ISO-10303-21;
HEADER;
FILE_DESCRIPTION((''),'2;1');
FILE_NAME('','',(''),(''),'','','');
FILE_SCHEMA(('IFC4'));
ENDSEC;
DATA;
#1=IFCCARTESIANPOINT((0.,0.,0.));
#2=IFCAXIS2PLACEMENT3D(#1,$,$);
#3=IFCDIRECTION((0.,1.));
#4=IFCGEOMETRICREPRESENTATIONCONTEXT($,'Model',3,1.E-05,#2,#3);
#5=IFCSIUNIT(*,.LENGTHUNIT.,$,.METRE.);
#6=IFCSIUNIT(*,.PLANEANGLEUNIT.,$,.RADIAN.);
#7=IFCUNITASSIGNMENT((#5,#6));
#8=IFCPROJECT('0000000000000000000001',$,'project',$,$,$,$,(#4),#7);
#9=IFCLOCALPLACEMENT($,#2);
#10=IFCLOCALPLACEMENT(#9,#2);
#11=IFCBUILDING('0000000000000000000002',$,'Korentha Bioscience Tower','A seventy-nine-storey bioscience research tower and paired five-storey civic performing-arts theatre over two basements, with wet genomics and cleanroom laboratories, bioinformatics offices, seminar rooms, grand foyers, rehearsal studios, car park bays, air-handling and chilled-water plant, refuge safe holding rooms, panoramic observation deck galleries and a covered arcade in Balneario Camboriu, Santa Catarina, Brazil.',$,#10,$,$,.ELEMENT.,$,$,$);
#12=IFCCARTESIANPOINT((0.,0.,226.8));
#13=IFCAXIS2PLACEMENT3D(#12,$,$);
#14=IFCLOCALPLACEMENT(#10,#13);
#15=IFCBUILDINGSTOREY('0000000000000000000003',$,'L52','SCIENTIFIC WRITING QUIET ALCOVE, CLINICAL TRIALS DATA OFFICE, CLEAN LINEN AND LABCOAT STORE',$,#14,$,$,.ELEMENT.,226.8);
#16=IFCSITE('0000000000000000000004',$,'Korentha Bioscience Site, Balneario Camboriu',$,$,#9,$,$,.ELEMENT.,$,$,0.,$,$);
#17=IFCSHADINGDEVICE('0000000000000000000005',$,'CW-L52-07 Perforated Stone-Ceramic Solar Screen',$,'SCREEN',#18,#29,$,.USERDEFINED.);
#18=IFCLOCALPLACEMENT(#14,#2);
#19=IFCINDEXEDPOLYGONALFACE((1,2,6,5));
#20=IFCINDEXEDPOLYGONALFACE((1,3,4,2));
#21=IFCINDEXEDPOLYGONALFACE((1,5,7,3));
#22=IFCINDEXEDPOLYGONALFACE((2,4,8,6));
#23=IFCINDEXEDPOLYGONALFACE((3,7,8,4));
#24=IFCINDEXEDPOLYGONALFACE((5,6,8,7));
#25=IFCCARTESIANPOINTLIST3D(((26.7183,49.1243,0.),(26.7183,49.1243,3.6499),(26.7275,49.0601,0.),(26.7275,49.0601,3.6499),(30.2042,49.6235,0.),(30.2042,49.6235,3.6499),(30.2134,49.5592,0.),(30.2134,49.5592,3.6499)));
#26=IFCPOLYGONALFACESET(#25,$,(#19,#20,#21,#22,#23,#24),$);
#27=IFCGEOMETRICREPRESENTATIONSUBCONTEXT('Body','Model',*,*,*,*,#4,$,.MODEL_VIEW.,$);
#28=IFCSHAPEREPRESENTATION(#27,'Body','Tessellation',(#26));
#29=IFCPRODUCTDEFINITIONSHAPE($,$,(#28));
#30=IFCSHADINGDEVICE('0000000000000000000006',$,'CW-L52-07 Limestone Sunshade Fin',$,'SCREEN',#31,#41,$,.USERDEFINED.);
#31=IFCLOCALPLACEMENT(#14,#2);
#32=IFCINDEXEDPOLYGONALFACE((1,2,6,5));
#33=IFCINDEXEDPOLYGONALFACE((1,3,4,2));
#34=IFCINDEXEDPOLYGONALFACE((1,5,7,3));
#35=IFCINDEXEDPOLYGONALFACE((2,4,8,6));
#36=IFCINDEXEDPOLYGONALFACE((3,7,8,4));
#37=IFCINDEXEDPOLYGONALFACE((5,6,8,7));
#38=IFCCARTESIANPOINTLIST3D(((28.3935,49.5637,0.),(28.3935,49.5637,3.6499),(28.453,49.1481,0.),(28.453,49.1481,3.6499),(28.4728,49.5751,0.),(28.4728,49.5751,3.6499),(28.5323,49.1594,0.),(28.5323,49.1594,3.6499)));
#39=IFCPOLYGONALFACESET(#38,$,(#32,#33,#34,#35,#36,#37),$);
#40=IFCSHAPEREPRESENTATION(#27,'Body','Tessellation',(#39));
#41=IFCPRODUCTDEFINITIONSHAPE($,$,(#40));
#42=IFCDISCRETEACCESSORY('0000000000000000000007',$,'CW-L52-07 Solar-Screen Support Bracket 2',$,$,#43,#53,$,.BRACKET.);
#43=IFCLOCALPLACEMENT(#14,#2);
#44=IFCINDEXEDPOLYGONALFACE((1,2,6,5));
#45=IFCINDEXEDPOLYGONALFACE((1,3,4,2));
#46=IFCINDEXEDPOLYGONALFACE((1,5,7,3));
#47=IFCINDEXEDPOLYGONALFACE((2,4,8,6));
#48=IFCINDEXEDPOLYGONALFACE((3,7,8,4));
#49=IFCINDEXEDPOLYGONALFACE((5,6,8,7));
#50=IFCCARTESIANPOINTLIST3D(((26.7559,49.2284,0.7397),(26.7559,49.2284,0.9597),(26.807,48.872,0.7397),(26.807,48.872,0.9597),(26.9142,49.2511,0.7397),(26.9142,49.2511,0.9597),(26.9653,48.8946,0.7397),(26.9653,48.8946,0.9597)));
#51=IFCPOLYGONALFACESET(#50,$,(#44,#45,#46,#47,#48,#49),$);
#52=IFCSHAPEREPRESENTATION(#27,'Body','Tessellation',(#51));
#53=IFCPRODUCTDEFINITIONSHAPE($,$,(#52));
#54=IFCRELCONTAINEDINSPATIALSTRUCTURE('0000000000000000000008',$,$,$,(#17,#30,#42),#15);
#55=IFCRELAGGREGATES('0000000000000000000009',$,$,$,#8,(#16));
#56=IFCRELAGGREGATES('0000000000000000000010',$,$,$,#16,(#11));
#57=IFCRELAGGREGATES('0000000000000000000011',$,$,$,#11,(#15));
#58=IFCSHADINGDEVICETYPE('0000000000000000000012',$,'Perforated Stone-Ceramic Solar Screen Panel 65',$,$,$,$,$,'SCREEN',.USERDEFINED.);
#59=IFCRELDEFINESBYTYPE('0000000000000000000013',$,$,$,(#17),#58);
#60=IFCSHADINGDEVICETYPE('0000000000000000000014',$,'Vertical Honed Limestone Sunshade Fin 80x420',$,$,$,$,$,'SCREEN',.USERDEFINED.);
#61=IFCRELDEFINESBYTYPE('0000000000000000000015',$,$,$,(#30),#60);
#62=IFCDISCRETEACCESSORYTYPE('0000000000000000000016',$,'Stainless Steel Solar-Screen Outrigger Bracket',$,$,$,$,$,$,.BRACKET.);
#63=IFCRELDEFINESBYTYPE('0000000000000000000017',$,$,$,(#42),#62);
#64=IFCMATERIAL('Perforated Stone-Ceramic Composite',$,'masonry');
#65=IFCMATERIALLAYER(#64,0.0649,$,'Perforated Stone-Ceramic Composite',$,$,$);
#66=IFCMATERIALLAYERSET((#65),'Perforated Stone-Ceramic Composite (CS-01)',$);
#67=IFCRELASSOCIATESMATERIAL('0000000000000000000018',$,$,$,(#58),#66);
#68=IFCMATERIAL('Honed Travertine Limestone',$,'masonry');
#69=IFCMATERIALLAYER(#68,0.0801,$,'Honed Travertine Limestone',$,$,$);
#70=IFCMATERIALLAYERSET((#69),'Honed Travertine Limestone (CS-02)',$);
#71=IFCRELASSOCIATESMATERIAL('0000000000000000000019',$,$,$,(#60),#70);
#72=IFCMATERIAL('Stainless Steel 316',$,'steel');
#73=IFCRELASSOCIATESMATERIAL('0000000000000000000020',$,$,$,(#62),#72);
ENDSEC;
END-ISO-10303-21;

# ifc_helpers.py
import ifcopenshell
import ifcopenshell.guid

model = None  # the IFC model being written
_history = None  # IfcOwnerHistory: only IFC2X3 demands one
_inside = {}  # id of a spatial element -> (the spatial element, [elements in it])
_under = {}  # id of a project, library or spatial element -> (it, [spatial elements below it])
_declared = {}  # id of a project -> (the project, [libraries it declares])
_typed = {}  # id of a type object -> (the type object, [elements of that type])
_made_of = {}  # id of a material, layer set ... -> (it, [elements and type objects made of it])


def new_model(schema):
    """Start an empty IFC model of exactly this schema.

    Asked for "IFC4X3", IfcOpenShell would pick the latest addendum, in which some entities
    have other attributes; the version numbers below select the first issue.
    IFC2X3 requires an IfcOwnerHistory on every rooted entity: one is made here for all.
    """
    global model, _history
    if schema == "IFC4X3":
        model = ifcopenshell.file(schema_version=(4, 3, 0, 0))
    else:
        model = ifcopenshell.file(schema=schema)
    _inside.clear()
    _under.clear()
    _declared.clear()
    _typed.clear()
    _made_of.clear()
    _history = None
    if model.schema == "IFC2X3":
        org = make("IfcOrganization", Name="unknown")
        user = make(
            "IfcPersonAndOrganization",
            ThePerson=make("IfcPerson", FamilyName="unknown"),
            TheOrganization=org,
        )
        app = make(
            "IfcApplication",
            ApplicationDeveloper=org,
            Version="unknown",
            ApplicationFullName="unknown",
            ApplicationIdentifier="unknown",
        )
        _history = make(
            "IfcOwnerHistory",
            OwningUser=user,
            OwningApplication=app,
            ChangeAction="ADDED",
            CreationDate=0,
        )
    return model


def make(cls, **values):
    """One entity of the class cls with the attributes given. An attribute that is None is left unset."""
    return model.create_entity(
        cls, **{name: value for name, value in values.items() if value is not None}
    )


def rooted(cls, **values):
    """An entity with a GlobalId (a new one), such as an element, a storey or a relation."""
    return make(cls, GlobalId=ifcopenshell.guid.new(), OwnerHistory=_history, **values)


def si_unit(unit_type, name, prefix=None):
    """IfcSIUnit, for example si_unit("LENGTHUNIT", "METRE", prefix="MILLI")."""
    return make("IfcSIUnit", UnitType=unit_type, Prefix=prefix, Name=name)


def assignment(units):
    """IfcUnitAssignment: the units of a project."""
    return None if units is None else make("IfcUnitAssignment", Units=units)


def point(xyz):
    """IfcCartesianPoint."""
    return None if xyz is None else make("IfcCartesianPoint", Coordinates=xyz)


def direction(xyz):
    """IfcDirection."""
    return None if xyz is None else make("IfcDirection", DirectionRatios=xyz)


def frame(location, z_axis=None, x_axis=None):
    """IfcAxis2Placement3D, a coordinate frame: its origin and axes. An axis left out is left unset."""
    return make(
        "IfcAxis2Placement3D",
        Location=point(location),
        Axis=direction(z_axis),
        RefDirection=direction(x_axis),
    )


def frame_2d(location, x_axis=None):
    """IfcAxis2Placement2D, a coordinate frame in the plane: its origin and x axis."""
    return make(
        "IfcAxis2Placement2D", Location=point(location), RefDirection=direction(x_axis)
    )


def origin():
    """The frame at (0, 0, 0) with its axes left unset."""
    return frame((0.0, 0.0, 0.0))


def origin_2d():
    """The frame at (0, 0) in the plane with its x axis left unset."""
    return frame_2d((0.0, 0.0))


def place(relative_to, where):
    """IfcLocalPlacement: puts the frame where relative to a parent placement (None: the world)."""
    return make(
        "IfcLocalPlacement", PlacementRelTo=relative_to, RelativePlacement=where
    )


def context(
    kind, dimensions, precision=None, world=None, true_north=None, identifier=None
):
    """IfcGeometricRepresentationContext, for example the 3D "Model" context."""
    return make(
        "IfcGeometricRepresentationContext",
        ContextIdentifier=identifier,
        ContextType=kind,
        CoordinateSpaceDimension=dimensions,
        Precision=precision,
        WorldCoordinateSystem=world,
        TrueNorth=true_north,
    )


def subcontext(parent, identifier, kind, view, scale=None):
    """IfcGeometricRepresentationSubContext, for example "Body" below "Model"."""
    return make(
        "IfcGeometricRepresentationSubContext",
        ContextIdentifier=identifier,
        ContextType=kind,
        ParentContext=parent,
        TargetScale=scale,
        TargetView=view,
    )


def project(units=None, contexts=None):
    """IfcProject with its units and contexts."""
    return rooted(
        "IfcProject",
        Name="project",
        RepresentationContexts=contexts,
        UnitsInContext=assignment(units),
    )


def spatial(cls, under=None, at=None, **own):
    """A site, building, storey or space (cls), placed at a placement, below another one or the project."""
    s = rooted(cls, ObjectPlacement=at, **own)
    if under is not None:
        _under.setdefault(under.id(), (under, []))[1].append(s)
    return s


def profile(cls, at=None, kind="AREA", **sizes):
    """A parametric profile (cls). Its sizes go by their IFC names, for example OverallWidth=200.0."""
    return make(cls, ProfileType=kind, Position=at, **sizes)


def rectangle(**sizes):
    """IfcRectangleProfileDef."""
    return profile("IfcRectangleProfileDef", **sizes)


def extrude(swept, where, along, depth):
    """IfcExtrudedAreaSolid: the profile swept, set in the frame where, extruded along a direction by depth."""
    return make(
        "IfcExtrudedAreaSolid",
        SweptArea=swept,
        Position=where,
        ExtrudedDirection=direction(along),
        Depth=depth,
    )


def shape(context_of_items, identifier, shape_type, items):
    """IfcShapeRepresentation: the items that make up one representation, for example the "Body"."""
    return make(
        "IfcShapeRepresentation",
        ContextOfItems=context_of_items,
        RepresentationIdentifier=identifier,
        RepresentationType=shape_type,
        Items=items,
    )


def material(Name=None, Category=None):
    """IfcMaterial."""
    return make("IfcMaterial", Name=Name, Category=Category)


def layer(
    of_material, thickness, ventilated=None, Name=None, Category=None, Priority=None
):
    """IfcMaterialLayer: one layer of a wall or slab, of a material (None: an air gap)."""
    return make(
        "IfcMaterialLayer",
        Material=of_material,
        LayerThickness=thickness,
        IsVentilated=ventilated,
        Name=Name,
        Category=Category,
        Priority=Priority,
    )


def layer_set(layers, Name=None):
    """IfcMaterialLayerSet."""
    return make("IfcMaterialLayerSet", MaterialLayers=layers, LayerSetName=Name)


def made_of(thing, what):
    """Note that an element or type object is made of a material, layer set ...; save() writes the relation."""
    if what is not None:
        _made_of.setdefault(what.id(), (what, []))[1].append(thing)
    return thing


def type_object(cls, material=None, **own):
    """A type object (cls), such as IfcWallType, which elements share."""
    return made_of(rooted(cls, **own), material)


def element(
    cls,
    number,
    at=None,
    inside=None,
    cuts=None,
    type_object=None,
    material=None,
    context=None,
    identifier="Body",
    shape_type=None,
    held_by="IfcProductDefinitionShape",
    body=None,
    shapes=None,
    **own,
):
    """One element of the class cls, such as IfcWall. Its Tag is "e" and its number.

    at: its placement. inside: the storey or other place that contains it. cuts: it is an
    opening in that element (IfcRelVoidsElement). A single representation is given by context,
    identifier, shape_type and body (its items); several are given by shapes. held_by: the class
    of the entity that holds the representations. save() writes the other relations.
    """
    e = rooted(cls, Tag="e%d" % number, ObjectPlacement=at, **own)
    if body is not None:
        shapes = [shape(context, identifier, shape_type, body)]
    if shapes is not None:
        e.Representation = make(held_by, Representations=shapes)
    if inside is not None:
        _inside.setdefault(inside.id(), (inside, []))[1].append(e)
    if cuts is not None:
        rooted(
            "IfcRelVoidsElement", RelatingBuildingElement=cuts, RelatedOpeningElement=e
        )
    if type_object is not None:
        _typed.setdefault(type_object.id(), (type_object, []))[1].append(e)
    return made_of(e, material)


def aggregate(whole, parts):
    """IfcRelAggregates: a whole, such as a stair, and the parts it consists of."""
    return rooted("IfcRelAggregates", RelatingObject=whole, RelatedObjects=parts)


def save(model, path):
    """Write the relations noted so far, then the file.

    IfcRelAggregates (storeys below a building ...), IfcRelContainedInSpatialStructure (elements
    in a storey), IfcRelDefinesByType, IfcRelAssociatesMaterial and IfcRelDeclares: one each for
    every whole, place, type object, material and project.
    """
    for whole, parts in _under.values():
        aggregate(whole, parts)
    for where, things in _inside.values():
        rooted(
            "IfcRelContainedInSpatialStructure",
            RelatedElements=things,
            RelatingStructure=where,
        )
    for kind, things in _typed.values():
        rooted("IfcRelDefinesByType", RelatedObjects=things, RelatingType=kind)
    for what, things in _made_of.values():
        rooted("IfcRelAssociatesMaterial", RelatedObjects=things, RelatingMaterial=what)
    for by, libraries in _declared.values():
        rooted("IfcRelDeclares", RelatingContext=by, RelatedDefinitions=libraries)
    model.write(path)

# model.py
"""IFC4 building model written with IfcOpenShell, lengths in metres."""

from ifc_helpers import new_model, si_unit, direction, frame, origin, origin_2d, place, context, subcontext, project, spatial, rectangle, extrude, material, layer, layer_set, type_object, element, save


model = new_model("IFC4")

# Units and contexts
model_context = context("Model", 3, precision=1e-05, world=origin(), true_north=direction((0.0, 1.0)))
body_context = subcontext(model_context, "Body", "Model", "MODEL_VIEW")
ifc_project = project(units=[si_unit("LENGTHUNIT", "METRE"), si_unit("PLANEANGLEUNIT", "RADIAN")], contexts=[model_context])

# Site, building, storey
site_placement = place(None, origin())
site = spatial("IfcSite", under=ifc_project, at=site_placement, Name="Korentha Bioscience Site, Balneario Camboriu", CompositionType="ELEMENT", RefElevation=0.0)
building_placement = place(site_placement, origin())
building = spatial("IfcBuilding", under=site, at=building_placement, Name="Korentha Bioscience Tower", Description="A seventy-nine-storey bioscience research tower and paired five-storey civic performing-arts theatre over two basements, with wet genomics and cleanroom laboratories, bioinformatics offices, seminar rooms, grand foyers, rehearsal studios, car park bays, air-handling and chilled-water plant, refuge safe holding rooms, panoramic observation deck galleries and a covered arcade in Balneario Camboriu, Santa Catarina, Brazil.", CompositionType="ELEMENT")
storey_placement = place(building_placement, frame((0.0, 0.0, 226.8)))
storey = spatial("IfcBuildingStorey", under=building, at=storey_placement, Name="L52", Description="SCIENTIFIC WRITING QUIET ALCOVE, CLINICAL TRIALS DATA OFFICE, CLEAN LINEN AND LABCOAT STORE", CompositionType="ELEMENT", Elevation=226.8)

# Shading devices
ifc_material_1 = material(Name="Perforated Stone-Ceramic Composite", Category="masonry")
ifc_layer_1 = layer(ifc_material_1, 0.0649, Name="Perforated Stone-Ceramic Composite")
ifc_layer_set_1 = layer_set([ifc_layer_1], Name="Perforated Stone-Ceramic Composite (CS-01)")
shading_device_type_1 = type_object("IfcShadingDeviceType", Name="Perforated Stone-Ceramic Solar Screen Panel 65", ElementType="SCREEN", PredefinedType="USERDEFINED", material=ifc_layer_set_1)
shading_device_1_placement = place(storey_placement, frame((28.4658, 49.3418, 0.0), z_axis=(0.0, 0.0, 1.0), x_axis=(-0.989902, -0.141754, 0.0)))
element("IfcShadingDevice", 1, at=shading_device_1_placement, inside=storey, type_object=shading_device_type_1, Name="CW-L52-07 Perforated Stone-Ceramic Solar Screen", ObjectType="SCREEN", PredefinedType="USERDEFINED", context=body_context, shape_type="SweptSolid", body=[
    extrude(rectangle(XDim=3.5215, YDim=0.0649, at=origin_2d()), origin(), (0.0, 0.0, 1.0), 3.6499),
])
ifc_material_2 = material(Name="Honed Travertine Limestone", Category="masonry")
ifc_layer_2 = layer(ifc_material_2, 0.0801, Name="Honed Travertine Limestone")
ifc_layer_set_2 = layer_set([ifc_layer_2], Name="Honed Travertine Limestone (CS-02)")
shading_device_type_2 = type_object("IfcShadingDeviceType", Name="Vertical Honed Limestone Sunshade Fin 80x420", ElementType="SCREEN", PredefinedType="USERDEFINED", material=ifc_layer_set_2)
shading_device_2_placement = place(storey_placement, frame((28.4629, 49.3616, 0.0), z_axis=(0.0, 0.0, 1.0), x_axis=(-0.989902, -0.141754, 0.0)))
element("IfcShadingDevice", 2, at=shading_device_2_placement, inside=storey, type_object=shading_device_type_2, Name="CW-L52-07 Limestone Sunshade Fin", ObjectType="SCREEN", PredefinedType="USERDEFINED", context=body_context, shape_type="SweptSolid", body=[
    extrude(rectangle(XDim=0.0801, YDim=0.4199, at=origin_2d()), origin(), (0.0, 0.0, 1.0), 3.6499),
])

# Discrete accessory
ifc_material_3 = material(Name="Stainless Steel 316", Category="steel")
discrete_accessory_type = type_object("IfcDiscreteAccessoryType", Name="Stainless Steel Solar-Screen Outrigger Bracket", PredefinedType="BRACKET", material=ifc_material_3)
discrete_accessory_placement = place(storey_placement, frame((26.8606, 49.0615, 0.7397), z_axis=(0.0, 0.0, 1.0), x_axis=(-0.989902, -0.141754, 0.0)))
element("IfcDiscreteAccessory", 3, at=discrete_accessory_placement, inside=storey, type_object=discrete_accessory_type, Name="CW-L52-07 Solar-Screen Support Bracket 2", PredefinedType="BRACKET", context=body_context, shape_type="SweptSolid", body=[
    extrude(rectangle(XDim=0.1599, YDim=0.3601, at=origin_2d()), origin(), (0.0, 0.0, 1.0), 0.22),
])

save(model, "model.ifc")
